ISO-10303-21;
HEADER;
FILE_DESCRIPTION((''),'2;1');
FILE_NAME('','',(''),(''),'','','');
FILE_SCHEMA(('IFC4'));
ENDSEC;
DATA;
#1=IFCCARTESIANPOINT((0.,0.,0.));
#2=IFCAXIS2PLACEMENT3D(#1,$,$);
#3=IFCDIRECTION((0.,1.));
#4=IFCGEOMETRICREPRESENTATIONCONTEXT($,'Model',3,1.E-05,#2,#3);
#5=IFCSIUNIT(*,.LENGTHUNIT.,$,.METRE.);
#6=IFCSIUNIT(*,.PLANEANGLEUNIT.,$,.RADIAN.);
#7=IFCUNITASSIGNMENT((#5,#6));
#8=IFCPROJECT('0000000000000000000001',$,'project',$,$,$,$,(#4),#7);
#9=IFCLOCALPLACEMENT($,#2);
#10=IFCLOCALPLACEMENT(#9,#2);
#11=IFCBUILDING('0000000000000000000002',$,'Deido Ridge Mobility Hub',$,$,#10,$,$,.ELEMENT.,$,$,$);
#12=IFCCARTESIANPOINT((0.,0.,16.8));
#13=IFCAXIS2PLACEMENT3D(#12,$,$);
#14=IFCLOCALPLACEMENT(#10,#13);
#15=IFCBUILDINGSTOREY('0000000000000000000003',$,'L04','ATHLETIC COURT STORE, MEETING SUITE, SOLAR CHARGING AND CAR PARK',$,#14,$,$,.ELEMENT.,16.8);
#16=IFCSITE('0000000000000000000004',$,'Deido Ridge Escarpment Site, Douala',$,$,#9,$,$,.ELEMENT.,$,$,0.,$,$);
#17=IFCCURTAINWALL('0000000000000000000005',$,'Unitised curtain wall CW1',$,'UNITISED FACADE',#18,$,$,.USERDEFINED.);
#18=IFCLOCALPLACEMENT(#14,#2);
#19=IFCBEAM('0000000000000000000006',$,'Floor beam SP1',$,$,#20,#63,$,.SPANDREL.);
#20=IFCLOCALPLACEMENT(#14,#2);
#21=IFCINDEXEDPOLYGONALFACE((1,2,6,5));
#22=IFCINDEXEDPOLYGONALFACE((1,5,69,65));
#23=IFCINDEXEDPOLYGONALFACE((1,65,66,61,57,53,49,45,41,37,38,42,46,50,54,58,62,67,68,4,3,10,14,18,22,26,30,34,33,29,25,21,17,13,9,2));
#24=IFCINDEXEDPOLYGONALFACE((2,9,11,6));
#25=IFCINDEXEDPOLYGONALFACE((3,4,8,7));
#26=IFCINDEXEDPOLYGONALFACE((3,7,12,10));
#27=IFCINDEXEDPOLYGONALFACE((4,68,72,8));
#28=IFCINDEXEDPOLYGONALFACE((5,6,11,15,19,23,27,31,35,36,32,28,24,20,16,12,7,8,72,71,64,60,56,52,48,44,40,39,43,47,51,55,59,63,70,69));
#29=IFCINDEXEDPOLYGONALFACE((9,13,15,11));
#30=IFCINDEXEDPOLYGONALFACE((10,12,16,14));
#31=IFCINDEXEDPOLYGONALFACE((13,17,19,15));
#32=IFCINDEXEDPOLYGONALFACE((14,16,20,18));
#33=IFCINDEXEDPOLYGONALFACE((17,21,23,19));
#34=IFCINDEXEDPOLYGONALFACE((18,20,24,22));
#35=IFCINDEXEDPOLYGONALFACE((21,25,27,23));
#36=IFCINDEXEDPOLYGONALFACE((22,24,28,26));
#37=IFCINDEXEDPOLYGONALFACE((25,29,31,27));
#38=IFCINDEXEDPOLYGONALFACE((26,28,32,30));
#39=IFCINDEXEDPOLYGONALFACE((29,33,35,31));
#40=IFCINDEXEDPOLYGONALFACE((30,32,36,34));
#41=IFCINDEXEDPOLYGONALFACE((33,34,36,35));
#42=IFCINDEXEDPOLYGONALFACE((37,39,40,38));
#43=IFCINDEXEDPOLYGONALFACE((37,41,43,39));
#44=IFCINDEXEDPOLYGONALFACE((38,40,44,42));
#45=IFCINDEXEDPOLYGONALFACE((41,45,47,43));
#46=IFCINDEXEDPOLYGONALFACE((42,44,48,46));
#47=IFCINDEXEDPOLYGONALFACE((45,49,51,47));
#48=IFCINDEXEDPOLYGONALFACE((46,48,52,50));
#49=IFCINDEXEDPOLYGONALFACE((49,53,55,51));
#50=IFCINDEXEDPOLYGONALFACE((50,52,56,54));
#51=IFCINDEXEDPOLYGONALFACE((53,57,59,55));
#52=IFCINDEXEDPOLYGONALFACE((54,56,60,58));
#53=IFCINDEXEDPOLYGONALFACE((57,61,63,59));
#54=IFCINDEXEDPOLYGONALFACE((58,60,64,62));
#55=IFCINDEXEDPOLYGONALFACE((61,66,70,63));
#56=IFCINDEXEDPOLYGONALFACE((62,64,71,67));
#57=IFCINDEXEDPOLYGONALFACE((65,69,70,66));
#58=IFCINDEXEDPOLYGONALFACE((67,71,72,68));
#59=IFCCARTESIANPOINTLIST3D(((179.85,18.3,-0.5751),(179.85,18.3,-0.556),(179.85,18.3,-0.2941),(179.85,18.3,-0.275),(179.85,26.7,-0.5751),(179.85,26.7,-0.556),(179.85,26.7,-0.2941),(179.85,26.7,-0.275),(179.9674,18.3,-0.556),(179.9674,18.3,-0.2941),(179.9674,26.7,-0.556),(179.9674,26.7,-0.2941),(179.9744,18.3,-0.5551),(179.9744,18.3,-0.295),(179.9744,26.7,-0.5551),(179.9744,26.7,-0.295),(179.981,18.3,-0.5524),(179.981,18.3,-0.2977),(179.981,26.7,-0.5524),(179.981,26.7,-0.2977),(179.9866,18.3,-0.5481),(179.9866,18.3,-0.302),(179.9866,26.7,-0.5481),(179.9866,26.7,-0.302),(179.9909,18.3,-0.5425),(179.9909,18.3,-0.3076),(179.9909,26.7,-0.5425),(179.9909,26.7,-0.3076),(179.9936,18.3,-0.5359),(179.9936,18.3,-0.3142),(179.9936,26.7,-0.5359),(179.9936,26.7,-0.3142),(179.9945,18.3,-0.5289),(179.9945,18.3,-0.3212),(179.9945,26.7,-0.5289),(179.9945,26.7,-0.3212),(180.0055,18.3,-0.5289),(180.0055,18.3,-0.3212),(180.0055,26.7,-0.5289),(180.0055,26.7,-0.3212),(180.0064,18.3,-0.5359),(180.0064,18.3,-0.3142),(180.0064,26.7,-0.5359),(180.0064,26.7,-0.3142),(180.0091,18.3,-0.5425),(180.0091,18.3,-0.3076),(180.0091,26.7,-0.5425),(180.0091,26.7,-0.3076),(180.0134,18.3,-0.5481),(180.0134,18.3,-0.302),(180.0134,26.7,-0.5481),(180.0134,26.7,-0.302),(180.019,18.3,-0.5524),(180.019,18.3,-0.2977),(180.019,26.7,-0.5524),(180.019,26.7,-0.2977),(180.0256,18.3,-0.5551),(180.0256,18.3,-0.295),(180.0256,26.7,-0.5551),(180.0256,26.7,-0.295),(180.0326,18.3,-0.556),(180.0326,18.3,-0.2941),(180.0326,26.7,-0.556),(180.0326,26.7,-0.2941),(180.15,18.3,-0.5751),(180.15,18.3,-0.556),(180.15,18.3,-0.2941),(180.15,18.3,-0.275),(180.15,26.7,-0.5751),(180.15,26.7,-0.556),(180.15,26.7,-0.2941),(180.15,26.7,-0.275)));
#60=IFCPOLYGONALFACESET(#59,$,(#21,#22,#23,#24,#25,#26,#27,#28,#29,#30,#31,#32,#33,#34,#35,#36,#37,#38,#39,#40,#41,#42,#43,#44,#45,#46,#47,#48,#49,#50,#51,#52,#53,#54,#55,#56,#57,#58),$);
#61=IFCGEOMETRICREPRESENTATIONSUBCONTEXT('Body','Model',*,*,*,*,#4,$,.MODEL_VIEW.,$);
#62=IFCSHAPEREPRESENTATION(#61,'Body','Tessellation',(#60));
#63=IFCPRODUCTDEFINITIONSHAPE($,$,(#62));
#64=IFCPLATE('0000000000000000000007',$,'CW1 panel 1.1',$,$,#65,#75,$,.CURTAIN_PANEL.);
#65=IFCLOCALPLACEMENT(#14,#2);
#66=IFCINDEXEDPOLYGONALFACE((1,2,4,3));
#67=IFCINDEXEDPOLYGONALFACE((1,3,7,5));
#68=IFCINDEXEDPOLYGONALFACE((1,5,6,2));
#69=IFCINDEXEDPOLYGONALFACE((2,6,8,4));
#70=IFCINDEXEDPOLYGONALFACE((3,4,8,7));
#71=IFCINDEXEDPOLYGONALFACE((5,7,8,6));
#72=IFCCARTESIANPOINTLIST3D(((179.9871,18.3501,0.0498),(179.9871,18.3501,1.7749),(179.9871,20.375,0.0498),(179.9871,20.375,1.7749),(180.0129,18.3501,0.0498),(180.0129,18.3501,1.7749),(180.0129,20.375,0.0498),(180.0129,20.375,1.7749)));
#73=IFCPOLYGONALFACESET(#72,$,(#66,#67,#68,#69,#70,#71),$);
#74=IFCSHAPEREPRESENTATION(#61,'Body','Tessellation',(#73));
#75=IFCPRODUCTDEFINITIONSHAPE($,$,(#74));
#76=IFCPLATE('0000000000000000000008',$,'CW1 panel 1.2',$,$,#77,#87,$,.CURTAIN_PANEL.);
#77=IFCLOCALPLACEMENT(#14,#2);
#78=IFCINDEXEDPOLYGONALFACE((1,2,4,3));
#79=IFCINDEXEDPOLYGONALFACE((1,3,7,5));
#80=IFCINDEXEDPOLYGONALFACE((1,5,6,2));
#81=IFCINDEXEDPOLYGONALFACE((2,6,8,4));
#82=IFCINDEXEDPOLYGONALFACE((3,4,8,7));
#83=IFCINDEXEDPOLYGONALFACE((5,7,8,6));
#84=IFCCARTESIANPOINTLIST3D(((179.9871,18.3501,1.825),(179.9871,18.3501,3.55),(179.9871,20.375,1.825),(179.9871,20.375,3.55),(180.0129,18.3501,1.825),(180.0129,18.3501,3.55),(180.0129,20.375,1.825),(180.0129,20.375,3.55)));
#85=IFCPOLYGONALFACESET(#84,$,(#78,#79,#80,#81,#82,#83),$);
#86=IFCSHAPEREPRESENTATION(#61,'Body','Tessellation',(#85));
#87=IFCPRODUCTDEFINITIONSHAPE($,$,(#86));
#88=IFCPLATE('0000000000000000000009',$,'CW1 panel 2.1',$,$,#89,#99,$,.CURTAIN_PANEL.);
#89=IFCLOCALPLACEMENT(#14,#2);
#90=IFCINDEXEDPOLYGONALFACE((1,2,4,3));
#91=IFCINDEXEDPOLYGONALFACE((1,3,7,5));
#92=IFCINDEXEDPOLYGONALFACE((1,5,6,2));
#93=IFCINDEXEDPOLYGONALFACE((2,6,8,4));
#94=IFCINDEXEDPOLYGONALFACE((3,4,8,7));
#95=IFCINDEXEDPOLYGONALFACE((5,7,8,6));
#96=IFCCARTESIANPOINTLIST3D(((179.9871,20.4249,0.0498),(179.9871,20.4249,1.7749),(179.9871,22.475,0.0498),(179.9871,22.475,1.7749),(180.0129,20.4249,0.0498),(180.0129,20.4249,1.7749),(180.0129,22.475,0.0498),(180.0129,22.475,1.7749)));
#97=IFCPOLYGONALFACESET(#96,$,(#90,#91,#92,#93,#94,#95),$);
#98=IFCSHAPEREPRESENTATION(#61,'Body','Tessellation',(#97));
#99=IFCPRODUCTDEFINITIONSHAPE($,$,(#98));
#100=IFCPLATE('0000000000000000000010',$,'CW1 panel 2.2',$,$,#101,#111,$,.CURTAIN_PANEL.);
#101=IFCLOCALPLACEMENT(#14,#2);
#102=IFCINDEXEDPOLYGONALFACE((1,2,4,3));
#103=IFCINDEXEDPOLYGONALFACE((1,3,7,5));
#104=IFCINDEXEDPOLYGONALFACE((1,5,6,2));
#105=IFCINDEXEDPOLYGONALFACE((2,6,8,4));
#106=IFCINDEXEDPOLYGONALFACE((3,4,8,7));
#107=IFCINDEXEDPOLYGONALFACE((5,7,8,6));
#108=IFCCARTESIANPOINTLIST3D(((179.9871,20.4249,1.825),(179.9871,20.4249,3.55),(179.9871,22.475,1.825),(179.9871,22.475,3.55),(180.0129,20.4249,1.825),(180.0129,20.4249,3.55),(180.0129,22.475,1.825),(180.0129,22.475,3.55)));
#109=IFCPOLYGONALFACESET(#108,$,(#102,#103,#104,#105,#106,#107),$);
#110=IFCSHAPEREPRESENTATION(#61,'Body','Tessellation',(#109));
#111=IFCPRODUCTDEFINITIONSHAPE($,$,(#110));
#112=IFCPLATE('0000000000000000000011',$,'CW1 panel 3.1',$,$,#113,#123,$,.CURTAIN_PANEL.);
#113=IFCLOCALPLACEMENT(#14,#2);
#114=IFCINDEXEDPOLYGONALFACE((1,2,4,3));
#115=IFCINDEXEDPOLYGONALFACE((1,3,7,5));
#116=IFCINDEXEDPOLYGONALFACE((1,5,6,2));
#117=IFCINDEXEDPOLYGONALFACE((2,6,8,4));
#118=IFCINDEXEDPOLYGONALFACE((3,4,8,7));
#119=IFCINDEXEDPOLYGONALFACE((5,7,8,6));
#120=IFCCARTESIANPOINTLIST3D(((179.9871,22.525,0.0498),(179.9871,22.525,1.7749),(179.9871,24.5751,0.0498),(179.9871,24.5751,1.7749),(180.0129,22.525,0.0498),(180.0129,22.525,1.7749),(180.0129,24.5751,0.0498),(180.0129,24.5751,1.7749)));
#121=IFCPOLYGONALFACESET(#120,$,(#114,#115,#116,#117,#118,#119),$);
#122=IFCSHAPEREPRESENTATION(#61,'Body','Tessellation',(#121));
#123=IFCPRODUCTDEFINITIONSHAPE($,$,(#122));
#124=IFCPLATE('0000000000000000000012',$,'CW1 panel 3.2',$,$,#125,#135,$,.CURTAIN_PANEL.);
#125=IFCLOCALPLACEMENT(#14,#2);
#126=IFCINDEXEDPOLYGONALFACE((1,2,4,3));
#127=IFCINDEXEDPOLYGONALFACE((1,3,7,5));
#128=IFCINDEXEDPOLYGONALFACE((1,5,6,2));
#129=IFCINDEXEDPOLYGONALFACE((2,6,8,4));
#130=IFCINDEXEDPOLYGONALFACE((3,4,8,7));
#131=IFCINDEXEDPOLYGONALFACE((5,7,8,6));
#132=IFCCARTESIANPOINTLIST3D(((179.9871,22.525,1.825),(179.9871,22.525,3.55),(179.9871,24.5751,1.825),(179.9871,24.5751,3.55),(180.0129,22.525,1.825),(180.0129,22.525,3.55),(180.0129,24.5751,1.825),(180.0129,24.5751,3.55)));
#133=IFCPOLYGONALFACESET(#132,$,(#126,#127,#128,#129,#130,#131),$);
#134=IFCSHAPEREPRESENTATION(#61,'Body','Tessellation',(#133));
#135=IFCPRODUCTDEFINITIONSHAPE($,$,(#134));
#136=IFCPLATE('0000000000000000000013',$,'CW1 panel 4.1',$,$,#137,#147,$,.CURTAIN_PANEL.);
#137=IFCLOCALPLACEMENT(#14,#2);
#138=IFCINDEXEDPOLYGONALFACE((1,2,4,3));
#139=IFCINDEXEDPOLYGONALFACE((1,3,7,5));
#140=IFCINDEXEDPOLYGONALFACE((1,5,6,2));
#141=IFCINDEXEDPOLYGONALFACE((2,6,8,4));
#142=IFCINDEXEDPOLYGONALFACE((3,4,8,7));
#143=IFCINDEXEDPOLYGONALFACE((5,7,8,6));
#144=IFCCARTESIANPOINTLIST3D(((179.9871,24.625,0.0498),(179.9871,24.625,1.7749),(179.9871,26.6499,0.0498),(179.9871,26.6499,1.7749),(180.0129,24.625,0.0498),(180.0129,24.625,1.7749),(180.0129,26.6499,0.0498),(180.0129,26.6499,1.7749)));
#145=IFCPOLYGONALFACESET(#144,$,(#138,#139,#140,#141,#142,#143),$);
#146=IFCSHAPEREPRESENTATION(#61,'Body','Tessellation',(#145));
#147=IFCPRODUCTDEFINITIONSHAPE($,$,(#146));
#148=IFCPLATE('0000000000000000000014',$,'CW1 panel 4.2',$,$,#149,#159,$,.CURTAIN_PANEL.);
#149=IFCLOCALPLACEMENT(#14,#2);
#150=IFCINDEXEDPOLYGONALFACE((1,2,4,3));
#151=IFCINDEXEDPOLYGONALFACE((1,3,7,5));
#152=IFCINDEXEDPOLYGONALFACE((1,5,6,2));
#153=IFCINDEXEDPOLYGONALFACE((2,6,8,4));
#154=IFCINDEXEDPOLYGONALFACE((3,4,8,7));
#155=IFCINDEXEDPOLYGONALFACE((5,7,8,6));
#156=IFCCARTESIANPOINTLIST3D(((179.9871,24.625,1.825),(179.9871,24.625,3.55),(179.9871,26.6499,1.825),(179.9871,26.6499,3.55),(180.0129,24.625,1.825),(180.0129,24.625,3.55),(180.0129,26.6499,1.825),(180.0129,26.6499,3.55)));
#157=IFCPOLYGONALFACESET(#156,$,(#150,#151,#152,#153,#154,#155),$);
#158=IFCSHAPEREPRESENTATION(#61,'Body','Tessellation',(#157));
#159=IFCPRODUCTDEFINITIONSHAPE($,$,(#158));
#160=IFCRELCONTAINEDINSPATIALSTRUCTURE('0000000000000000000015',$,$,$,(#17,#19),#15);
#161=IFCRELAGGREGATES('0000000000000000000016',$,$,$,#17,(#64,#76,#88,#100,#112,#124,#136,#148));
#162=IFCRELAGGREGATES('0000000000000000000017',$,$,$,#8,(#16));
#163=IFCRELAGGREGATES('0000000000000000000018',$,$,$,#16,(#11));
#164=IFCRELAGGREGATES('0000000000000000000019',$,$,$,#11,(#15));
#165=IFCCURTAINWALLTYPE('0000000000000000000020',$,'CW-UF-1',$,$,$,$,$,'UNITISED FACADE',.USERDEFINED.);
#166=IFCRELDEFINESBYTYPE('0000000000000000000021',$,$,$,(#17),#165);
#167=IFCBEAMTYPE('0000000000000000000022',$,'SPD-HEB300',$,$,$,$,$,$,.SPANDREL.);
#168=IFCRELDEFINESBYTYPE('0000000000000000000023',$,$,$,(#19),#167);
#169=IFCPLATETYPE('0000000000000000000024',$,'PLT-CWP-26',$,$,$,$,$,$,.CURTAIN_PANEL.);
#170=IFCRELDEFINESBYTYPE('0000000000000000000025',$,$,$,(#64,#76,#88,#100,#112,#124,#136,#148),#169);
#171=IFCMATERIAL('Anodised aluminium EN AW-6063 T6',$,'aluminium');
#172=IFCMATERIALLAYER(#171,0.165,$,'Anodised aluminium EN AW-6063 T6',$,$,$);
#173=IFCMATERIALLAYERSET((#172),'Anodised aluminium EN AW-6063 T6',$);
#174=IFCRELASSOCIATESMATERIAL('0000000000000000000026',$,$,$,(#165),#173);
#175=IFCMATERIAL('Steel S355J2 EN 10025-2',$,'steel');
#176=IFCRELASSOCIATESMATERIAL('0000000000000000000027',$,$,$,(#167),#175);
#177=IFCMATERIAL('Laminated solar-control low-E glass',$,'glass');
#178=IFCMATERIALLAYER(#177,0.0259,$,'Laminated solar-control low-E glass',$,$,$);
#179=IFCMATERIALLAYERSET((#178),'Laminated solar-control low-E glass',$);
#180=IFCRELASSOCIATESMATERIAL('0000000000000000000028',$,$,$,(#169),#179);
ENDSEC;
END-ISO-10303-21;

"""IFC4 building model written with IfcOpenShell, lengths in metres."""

from ifc_helpers import new_model, si_unit, direction, frame, origin, origin_2d, place, context, subcontext, project, spatial, rectangle, i_section, extrude, material, layer, layer_set, material_profile, profile_set, type_object, element, aggregate, save


model = new_model("IFC4")

# Units and contexts
model_context = context("Model", 3, precision=1e-05, world=origin(), true_north=direction((0.0, 1.0)))
body_context = subcontext(model_context, "Body", "Model", "MODEL_VIEW")
ifc_project = project(units=[si_unit("LENGTHUNIT", "METRE"), si_unit("PLANEANGLEUNIT", "RADIAN")], contexts=[model_context])

# Site, building, storey
site_placement = place(None, origin())
site = spatial("IfcSite", under=ifc_project, at=site_placement, Name="Deido Ridge Escarpment Site, Douala", CompositionType="ELEMENT", RefElevation=0.0)
building_placement = place(site_placement, origin())
building = spatial("IfcBuilding", under=site, at=building_placement, Name="Deido Ridge Mobility Hub", CompositionType="ELEMENT")
storey_placement = place(building_placement, frame((0.0, 0.0, 16.8)))
storey = spatial("IfcBuildingStorey", under=building, at=storey_placement, Name="L04", Description="ATHLETIC COURT STORE, MEETING SUITE, SOLAR CHARGING AND CAR PARK", CompositionType="ELEMENT", Elevation=16.8)

# Shared definitions
ifc_material_1 = material(Name="Steel S355J2 EN 10025-2", Category="steel")

# Curtain wall
ifc_material_2 = material(Name="Anodised aluminium EN AW-6063 T6", Category="aluminium")
ifc_layer_1 = layer(ifc_material_2, 0.165, Name="Anodised aluminium EN AW-6063 T6")
ifc_layer_set_1 = layer_set([ifc_layer_1], Name="Anodised aluminium EN AW-6063 T6")
curtain_wall_type = type_object("IfcCurtainWallType", Name="CW-UF-1", ElementType="UNITISED FACADE", PredefinedType="USERDEFINED", material=ifc_layer_set_1)
curtain_wall_placement = place(storey_placement, origin())
curtain_wall = element("IfcCurtainWall", 1, at=curtain_wall_placement, inside=storey, type_object=curtain_wall_type, Name="Unitised curtain wall CW1", ObjectType="UNITISED FACADE", PredefinedType="USERDEFINED")

# Beam
ifc_material_profile_1 = material_profile(ifc_material_1, i_section(OverallWidth=0.3, OverallDepth=0.3, WebThickness=0.011, FlangeThickness=0.019, FilletRadius=0.0271, at=origin_2d()), Name="HEB 300")
ifc_profile_set_1 = profile_set([ifc_material_profile_1], Name="Steel S355J2 EN 10025-2")
beam_type = type_object("IfcBeamType", Name="SPD-HEB300", PredefinedType="SPANDREL", material=ifc_profile_set_1)
beam_placement = place(storey_placement, frame((180.0, 18.3, -0.425), z_axis=(0.0, 1.0, 0.0), x_axis=(-1.0, 0.0, 0.0)))
element("IfcBeam", 2, at=beam_placement, inside=storey, type_object=beam_type, Name="Floor beam SP1", PredefinedType="SPANDREL", context=body_context, shape_type="SweptSolid", body=[
    extrude(i_section(OverallWidth=0.3, OverallDepth=0.3, WebThickness=0.011, FlangeThickness=0.019, FilletRadius=0.0271, at=origin_2d()), origin(), (0.0, 0.0, 1.0), 8.3999),
])

# Plates
ifc_material_3 = material(Name="Laminated solar-control low-E glass", Category="glass")
ifc_layer_2 = layer(ifc_material_3, 0.0259, Name="Laminated solar-control low-E glass")
ifc_layer_set_2 = layer_set([ifc_layer_2], Name="Laminated solar-control low-E glass")
plate_type = type_object("IfcPlateType", Name="PLT-CWP-26", PredefinedType="CURTAIN_PANEL", material=ifc_layer_set_2)
plate_1_placement = place(storey_placement, frame((180.0, 19.3625, 0.0498), z_axis=(0.0, 0.0, 1.0), x_axis=(0.0, 1.0, 0.0)))
plate_1 = element("IfcPlate", 3, at=plate_1_placement, type_object=plate_type, Name="CW1 panel 1.1", PredefinedType="CURTAIN_PANEL", context=body_context, shape_type="SweptSolid", body=[
    extrude(rectangle(XDim=2.0249, YDim=0.0259, at=origin_2d()), origin(), (0.0, 0.0, 1.0), 1.7251),
])
plate_2_placement = place(storey_placement, frame((180.0, 19.3625, 1.825), z_axis=(0.0, 0.0, 1.0), x_axis=(0.0, 1.0, 0.0)))
plate_2 = element("IfcPlate", 4, at=plate_2_placement, type_object=plate_type, Name="CW1 panel 1.2", PredefinedType="CURTAIN_PANEL", context=body_context, shape_type="SweptSolid", body=[
    extrude(rectangle(XDim=2.0249, YDim=0.0259, at=origin_2d()), origin(), (0.0, 0.0, 1.0), 1.7251),
])
plate_3_placement = place(storey_placement, frame((180.0, 21.45, 0.0498), z_axis=(0.0, 0.0, 1.0), x_axis=(0.0, 1.0, 0.0)))
plate_3 = element("IfcPlate", 5, at=plate_3_placement, type_object=plate_type, Name="CW1 panel 2.1", PredefinedType="CURTAIN_PANEL", context=body_context, shape_type="SweptSolid", body=[
    extrude(rectangle(XDim=2.05, YDim=0.0259, at=origin_2d()), origin(), (0.0, 0.0, 1.0), 1.7251),
])
plate_4_placement = place(storey_placement, frame((180.0, 21.45, 1.825), z_axis=(0.0, 0.0, 1.0), x_axis=(0.0, 1.0, 0.0)))
plate_4 = element("IfcPlate", 6, at=plate_4_placement, type_object=plate_type, Name="CW1 panel 2.2", PredefinedType="CURTAIN_PANEL", context=body_context, shape_type="SweptSolid", body=[
    extrude(rectangle(XDim=2.05, YDim=0.0259, at=origin_2d()), origin(), (0.0, 0.0, 1.0), 1.7251),
])
plate_5_placement = place(storey_placement, frame((180.0, 23.55, 0.0498), z_axis=(0.0, 0.0, 1.0), x_axis=(0.0, 1.0, 0.0)))
plate_5 = element("IfcPlate", 7, at=plate_5_placement, type_object=plate_type, Name="CW1 panel 3.1", PredefinedType="CURTAIN_PANEL", context=body_context, shape_type="SweptSolid", body=[
    extrude(rectangle(XDim=2.05, YDim=0.0259, at=origin_2d()), origin(), (0.0, 0.0, 1.0), 1.7251),
])
plate_6_placement = place(storey_placement, frame((180.0, 23.55, 1.825), z_axis=(0.0, 0.0, 1.0), x_axis=(0.0, 1.0, 0.0)))
plate_6 = element("IfcPlate", 8, at=plate_6_placement, type_object=plate_type, Name="CW1 panel 3.2", PredefinedType="CURTAIN_PANEL", context=body_context, shape_type="SweptSolid", body=[
    extrude(rectangle(XDim=2.05, YDim=0.0259, at=origin_2d()), origin(), (0.0, 0.0, 1.0), 1.7251),
])
plate_7_placement = place(storey_placement, frame((180.0, 25.6375, 0.0498), z_axis=(0.0, 0.0, 1.0), x_axis=(0.0, 1.0, 0.0)))
plate_7 = element("IfcPlate", 9, at=plate_7_placement, type_object=plate_type, Name="CW1 panel 4.1", PredefinedType="CURTAIN_PANEL", context=body_context, shape_type="SweptSolid", body=[
    extrude(rectangle(XDim=2.0249, YDim=0.0259, at=origin_2d()), origin(), (0.0, 0.0, 1.0), 1.7251),
])
plate_8_placement = place(storey_placement, frame((180.0, 25.6375, 1.825), z_axis=(0.0, 0.0, 1.0), x_axis=(0.0, 1.0, 0.0)))
plate_8 = element("IfcPlate", 10, at=plate_8_placement, type_object=plate_type, Name="CW1 panel 4.2", PredefinedType="CURTAIN_PANEL", context=body_context, shape_type="SweptSolid", body=[
    extrude(rectangle(XDim=2.0249, YDim=0.0259, at=origin_2d()), origin(), (0.0, 0.0, 1.0), 1.7251),
])
aggregate(curtain_wall, [plate_1, plate_2, plate_3, plate_4, plate_5, plate_6, plate_7, plate_8])

save(model, "model.ifc")
